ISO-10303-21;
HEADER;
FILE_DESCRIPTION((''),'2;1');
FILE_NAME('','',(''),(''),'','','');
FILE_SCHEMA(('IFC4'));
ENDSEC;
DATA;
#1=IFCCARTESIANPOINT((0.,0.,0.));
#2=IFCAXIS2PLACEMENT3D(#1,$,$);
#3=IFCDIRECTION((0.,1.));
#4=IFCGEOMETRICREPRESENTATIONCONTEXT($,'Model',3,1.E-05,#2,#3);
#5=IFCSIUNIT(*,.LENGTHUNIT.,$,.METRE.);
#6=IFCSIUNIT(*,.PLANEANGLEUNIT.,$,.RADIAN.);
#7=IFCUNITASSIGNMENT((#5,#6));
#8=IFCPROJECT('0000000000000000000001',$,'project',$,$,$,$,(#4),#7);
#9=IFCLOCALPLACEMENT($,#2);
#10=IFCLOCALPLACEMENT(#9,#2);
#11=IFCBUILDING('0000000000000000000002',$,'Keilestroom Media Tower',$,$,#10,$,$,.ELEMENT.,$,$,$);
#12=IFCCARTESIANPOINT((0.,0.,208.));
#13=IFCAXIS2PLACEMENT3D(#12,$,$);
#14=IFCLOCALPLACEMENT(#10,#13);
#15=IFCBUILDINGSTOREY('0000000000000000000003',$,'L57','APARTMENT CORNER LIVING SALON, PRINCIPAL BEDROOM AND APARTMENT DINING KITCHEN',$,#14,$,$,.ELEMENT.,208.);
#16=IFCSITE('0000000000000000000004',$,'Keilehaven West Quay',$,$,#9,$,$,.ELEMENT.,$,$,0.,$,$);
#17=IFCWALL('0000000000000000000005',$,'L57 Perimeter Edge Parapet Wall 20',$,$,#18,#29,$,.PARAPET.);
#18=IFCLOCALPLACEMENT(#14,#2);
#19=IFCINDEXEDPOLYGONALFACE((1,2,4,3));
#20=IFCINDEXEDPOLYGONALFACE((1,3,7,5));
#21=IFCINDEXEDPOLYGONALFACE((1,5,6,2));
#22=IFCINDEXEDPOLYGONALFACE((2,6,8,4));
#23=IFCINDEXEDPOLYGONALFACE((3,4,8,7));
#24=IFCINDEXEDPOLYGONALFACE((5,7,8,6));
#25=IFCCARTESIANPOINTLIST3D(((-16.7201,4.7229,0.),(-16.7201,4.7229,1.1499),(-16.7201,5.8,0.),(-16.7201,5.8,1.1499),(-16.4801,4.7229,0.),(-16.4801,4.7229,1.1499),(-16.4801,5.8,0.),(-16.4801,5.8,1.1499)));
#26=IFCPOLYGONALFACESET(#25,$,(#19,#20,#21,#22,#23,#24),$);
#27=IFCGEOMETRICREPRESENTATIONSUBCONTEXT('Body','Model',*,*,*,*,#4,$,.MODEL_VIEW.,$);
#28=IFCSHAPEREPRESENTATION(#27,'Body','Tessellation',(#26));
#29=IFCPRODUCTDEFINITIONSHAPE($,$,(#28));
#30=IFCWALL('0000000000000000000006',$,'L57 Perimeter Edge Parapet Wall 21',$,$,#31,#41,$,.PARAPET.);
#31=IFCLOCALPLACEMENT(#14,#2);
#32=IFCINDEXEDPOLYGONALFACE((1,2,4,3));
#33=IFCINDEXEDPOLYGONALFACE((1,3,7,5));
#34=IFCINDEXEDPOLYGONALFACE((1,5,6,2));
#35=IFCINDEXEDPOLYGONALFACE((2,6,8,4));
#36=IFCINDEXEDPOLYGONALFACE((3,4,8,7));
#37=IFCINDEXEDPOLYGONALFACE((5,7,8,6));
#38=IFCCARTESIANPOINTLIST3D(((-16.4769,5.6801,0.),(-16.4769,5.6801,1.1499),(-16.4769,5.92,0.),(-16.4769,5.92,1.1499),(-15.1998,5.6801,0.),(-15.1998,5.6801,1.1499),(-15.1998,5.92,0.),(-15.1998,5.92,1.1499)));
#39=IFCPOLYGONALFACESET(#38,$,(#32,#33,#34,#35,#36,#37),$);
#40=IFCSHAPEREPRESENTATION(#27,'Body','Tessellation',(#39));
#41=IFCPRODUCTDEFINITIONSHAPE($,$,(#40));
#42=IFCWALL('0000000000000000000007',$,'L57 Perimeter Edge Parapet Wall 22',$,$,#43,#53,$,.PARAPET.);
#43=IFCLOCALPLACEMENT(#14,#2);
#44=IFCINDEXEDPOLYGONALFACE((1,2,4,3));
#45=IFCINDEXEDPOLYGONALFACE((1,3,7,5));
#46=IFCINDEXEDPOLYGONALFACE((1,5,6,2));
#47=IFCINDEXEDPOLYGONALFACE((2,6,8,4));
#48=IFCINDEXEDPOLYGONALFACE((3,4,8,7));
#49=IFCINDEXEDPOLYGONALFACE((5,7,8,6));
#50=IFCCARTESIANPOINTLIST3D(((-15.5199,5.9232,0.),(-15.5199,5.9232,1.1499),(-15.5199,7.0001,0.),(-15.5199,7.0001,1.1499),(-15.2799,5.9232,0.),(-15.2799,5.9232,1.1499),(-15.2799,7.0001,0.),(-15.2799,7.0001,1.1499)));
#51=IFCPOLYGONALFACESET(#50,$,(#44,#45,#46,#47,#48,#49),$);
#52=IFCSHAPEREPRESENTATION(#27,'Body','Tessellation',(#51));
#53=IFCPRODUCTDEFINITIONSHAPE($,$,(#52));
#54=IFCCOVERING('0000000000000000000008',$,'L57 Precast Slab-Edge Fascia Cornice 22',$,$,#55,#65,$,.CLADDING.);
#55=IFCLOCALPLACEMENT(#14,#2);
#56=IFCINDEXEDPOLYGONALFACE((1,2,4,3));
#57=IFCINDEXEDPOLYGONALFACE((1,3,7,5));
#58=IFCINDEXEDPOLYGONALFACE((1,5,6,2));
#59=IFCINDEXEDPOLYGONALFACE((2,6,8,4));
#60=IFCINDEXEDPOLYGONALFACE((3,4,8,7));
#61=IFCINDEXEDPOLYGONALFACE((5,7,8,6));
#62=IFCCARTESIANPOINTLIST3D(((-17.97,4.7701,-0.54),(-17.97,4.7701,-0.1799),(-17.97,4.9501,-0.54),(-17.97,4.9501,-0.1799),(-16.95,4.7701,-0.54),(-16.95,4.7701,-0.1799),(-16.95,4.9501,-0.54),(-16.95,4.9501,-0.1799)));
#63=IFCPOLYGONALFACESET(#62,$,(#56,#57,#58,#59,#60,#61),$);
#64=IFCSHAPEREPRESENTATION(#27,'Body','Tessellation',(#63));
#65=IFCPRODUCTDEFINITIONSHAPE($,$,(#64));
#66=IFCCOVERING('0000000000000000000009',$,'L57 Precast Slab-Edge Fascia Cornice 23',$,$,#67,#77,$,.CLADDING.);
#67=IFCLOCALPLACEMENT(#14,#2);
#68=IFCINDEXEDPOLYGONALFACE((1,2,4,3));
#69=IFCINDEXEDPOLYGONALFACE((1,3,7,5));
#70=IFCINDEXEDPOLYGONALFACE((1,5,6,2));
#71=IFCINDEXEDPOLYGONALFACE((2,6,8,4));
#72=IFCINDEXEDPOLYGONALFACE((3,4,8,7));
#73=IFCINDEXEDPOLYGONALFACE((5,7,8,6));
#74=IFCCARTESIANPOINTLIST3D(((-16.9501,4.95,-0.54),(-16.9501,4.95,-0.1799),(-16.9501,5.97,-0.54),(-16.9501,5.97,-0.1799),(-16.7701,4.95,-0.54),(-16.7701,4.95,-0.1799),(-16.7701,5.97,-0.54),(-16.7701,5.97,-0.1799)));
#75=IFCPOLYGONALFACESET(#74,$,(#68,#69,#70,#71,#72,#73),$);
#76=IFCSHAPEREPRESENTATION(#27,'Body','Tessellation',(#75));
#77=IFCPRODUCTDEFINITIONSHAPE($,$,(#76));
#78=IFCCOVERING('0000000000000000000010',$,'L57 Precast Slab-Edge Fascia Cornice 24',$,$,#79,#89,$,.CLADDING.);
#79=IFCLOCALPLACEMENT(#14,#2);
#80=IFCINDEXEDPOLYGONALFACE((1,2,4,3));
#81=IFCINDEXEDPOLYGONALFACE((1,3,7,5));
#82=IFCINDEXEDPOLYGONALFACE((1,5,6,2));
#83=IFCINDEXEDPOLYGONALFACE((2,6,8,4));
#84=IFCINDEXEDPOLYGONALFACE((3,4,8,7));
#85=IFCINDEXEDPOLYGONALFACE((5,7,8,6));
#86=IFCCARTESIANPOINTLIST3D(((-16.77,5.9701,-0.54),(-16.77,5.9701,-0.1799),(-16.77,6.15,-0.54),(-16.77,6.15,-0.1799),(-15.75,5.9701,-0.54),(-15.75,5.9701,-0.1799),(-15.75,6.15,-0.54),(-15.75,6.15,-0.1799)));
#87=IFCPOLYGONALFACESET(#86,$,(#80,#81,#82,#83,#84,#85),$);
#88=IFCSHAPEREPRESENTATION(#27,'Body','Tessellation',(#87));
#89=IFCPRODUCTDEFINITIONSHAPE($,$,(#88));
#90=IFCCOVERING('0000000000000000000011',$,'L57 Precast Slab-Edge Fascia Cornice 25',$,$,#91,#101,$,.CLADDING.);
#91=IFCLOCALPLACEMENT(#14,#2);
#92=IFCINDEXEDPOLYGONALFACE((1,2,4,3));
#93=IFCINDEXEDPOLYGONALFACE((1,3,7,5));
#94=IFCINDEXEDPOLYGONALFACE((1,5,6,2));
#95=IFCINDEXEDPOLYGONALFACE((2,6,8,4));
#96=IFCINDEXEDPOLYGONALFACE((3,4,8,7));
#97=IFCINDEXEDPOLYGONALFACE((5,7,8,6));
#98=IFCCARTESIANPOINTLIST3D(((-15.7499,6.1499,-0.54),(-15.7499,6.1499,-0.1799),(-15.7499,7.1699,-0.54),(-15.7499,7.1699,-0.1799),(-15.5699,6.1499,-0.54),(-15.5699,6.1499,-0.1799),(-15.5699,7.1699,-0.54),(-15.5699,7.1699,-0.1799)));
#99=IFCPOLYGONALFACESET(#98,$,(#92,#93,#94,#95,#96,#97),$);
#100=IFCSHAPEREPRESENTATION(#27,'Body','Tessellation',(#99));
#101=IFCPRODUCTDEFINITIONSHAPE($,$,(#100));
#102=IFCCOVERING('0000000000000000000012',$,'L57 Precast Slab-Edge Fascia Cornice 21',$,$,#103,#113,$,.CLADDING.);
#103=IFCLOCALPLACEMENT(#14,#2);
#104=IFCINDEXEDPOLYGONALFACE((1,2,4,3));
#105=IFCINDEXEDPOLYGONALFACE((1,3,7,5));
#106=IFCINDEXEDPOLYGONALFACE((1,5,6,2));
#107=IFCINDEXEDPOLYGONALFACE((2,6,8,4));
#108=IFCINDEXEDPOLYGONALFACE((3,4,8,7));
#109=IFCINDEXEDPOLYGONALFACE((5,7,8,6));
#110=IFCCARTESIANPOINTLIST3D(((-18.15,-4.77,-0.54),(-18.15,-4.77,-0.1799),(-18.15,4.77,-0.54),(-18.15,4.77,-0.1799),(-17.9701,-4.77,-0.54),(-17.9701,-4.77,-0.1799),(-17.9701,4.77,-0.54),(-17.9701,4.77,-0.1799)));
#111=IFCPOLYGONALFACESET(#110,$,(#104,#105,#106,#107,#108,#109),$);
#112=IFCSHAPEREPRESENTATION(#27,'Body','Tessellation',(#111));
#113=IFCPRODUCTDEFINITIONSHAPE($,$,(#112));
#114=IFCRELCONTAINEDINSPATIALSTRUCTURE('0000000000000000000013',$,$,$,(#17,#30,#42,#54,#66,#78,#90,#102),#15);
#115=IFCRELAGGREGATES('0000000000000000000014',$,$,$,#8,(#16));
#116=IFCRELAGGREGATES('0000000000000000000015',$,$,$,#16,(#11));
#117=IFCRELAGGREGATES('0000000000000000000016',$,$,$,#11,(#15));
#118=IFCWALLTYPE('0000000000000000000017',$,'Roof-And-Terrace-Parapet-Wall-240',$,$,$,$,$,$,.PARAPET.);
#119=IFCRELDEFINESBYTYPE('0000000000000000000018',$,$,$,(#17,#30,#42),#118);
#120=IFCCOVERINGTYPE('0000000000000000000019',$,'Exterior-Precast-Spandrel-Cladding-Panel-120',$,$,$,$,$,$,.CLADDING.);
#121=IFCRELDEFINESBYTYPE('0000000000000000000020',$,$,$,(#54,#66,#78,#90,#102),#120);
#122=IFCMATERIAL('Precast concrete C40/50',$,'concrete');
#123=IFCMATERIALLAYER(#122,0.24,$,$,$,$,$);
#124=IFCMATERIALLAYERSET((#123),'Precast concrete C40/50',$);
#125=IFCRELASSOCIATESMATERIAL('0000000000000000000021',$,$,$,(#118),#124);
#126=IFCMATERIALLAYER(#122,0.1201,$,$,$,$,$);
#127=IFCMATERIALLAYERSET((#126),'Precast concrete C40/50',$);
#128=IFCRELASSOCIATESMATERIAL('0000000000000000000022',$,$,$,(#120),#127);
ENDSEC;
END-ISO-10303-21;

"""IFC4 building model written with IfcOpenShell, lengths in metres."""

from ifc_helpers import new_model, si_unit, direction, frame, frame_2d, origin, origin_2d, place, context, subcontext, project, spatial, rectangle, extrude, source, transform, mapped, material, layer, layer_set, type_object, element, save


model = new_model("IFC4")

# Units and contexts
model_context = context("Model", 3, precision=1e-05, world=origin(), true_north=direction((0.0, 1.0)))
body_context = subcontext(model_context, "Body", "Model", "MODEL_VIEW")
ifc_project = project(units=[si_unit("LENGTHUNIT", "METRE"), si_unit("PLANEANGLEUNIT", "RADIAN")], contexts=[model_context])

# Site, building, storey
site_placement = place(None, origin())
site = spatial("IfcSite", under=ifc_project, at=site_placement, Name="Keilehaven West Quay", CompositionType="ELEMENT", RefElevation=0.0)
building_placement = place(site_placement, origin())
building = spatial("IfcBuilding", under=site, at=building_placement, Name="Keilestroom Media Tower", CompositionType="ELEMENT")
storey_placement = place(building_placement, frame((0.0, 0.0, 208.0)))
storey = spatial("IfcBuildingStorey", under=building, at=storey_placement, Name="L57", Description="APARTMENT CORNER LIVING SALON, PRINCIPAL BEDROOM AND APARTMENT DINING KITCHEN", CompositionType="ELEMENT", Elevation=208.0)

# Shared definitions
ifc_material_1 = material(Name="Precast concrete C40/50", Category="concrete")

# Walls
ifc_layer_1 = layer(ifc_material_1, 0.24)
ifc_layer_set_1 = layer_set([ifc_layer_1], Name="Precast concrete C40/50")
wall_type = type_object("IfcWallType", Name="Roof-And-Terrace-Parapet-Wall-240", PredefinedType="PARAPET", material=ifc_layer_set_1)
wall_1_placement = place(storey_placement, frame((-16.6001, 4.7229, 0.0), z_axis=(0.0, 0.0, 1.0), x_axis=(0.0, 1.0, 0.0)))
element("IfcWall", 1, at=wall_1_placement, inside=storey, type_object=wall_type, Name="L57 Perimeter Edge Parapet Wall 20", PredefinedType="PARAPET", context=body_context, shape_type="SweptSolid", body=[
    extrude(rectangle(XDim=1.0771, YDim=0.24, at=frame_2d((0.5386, 0.0))), origin(), (0.0, 0.0, 1.0), 1.1499),
])
wall_2_placement = place(storey_placement, frame((-16.4771, 5.8, 0.0), z_axis=(0.0, 0.0, 1.0), x_axis=(1.0, 0.0, 0.0)))
element("IfcWall", 2, at=wall_2_placement, inside=storey, type_object=wall_type, Name="L57 Perimeter Edge Parapet Wall 21", PredefinedType="PARAPET", context=body_context, shape_type="SweptSolid", body=[
    extrude(rectangle(XDim=1.2771, YDim=0.24, at=frame_2d((0.6387, 0.0))), origin(), (0.0, 0.0, 1.0), 1.1499),
])
wall_3_placement = place(storey_placement, frame((-15.3999, 5.9231, 0.0), z_axis=(0.0, 0.0, 1.0), x_axis=(0.0, 1.0, 0.0)))
element("IfcWall", 3, at=wall_3_placement, inside=storey, type_object=wall_type, Name="L57 Perimeter Edge Parapet Wall 22", PredefinedType="PARAPET", context=body_context, shape_type="SweptSolid", body=[
    extrude(rectangle(XDim=1.0769, YDim=0.24, at=frame_2d((0.5386, 0.0))), origin(), (0.0, 0.0, 1.0), 1.1499),
])

# Coverings
ifc_layer_2 = layer(ifc_material_1, 0.1201)
ifc_layer_set_2 = layer_set([ifc_layer_2], Name="Precast concrete C40/50")
covering_type = type_object("IfcCoveringType", Name="Exterior-Precast-Spandrel-Cladding-Panel-120", PredefinedType="CLADDING", material=ifc_layer_set_2)
shared_shape_1 = source(origin(), body_context, "Body", "SweptSolid", [
    extrude(rectangle(XDim=1.02, YDim=0.1799, at=origin_2d()), origin(), (0.0, 0.0, 1.0), 0.3601),
])
for number, where, z_axis, x_axis, name in (
    (4, (-17.46, 4.8601, -0.54), (0.0, 0.0, 1.0), (1.0, 0.0, 0.0), "L57 Precast Slab-Edge Fascia Cornice 22"),
    (5, (-16.8601, 5.46, -0.54), (0.0, 0.0, 1.0), (0.0, 1.0, 0.0), "L57 Precast Slab-Edge Fascia Cornice 23"),
    (6, (-16.26, 6.0601, -0.54), (0.0, 0.0, 1.0), (1.0, 0.0, 0.0), "L57 Precast Slab-Edge Fascia Cornice 24"),
    (7, (-15.6599, 6.6599, -0.54), (0.0, 0.0, 1.0), (0.0, 1.0, 0.0), "L57 Precast Slab-Edge Fascia Cornice 25"),
):
    element("IfcCovering", number, at=place(storey_placement, frame(where, z_axis=z_axis, x_axis=x_axis)), inside=storey, type_object=covering_type, Name=name, PredefinedType="CLADDING", context=body_context, shape_type="MappedRepresentation", body=[
        mapped(shared_shape_1, transform((0.0, 0.0, 0.0), x_axis=(1.0, 0.0, 0.0), y_axis=(0.0, 1.0, 0.0), z_axis=(0.0, 0.0, 1.0), scale=1.0)),
    ])
shared_shape_2 = source(origin(), body_context, "Body", "SweptSolid", [
    extrude(rectangle(XDim=9.54, YDim=0.1799, at=origin_2d()), origin(), (0.0, 0.0, 1.0), 0.3601),
])
covering_placement = place(storey_placement, frame((-18.0601, 0.0, -0.54), z_axis=(0.0, 0.0, 1.0), x_axis=(0.0, 1.0, 0.0)))
element("IfcCovering", 8, at=covering_placement, inside=storey, type_object=covering_type, Name="L57 Precast Slab-Edge Fascia Cornice 21", PredefinedType="CLADDING", context=body_context, shape_type="MappedRepresentation", body=[
    mapped(shared_shape_2, transform((0.0, 0.0, 0.0), x_axis=(1.0, 0.0, 0.0), y_axis=(0.0, 1.0, 0.0), z_axis=(0.0, 0.0, 1.0), scale=1.0)),
])

save(model, "model.ifc")
